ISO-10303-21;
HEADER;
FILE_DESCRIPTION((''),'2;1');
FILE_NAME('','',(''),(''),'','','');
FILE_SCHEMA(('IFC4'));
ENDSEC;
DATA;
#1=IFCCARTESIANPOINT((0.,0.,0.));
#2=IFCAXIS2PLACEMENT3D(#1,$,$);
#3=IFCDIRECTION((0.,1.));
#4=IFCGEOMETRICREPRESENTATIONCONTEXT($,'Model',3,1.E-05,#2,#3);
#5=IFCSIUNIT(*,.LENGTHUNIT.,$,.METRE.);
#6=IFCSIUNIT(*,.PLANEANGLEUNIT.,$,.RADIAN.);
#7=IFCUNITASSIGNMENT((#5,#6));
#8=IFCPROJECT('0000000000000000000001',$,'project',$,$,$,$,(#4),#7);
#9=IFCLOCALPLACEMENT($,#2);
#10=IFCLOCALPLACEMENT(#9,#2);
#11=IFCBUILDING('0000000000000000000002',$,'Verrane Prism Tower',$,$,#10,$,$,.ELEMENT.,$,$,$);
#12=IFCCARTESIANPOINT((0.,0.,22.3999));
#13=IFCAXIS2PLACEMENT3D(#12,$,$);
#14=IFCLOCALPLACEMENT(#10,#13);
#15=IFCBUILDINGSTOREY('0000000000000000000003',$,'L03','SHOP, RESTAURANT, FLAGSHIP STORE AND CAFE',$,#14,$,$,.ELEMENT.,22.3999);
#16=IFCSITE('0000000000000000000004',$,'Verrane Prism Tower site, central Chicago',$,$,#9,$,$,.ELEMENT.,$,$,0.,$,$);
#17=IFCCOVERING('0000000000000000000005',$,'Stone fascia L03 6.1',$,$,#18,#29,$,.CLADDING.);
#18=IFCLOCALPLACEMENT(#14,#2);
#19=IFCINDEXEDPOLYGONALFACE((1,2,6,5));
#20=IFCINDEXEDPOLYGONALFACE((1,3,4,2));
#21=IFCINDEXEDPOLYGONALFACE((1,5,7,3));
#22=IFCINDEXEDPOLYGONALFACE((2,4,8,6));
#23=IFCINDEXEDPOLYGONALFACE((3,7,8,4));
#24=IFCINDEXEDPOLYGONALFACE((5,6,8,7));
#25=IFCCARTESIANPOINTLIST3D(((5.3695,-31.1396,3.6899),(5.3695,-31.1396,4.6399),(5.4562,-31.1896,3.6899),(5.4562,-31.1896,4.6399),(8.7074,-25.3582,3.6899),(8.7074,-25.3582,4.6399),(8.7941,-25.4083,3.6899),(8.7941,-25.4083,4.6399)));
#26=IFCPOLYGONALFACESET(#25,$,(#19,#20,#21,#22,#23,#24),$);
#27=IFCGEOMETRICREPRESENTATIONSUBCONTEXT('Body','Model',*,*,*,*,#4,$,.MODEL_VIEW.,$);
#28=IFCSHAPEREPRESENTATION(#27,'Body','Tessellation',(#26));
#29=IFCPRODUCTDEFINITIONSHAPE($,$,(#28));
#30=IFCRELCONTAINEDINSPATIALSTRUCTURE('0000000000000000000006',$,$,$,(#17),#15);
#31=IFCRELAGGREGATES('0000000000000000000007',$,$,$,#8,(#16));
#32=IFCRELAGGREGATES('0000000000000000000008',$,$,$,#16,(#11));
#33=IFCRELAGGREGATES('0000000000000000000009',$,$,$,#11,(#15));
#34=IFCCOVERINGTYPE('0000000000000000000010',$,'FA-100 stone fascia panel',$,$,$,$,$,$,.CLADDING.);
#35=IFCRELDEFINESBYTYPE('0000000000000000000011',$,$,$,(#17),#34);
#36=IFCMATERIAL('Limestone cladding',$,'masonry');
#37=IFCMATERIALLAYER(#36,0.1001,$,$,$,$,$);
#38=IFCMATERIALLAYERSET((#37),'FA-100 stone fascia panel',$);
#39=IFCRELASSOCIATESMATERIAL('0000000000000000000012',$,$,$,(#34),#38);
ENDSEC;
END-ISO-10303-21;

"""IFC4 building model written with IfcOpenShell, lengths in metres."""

from ifc_helpers import new_model, si_unit, direction, frame, origin, origin_2d, place, context, subcontext, project, spatial, rectangle, extrude, material, layer, layer_set, type_object, element, save


model = new_model("IFC4")

# Units and contexts
model_context = context("Model", 3, precision=1e-05, world=origin(), true_north=direction((0.0, 1.0)))
body_context = subcontext(model_context, "Body", "Model", "MODEL_VIEW")
ifc_project = project(units=[si_unit("LENGTHUNIT", "METRE"), si_unit("PLANEANGLEUNIT", "RADIAN")], contexts=[model_context])

# Site, building, storey
site_placement = place(None, origin())
site = spatial("IfcSite", under=ifc_project, at=site_placement, Name="Verrane Prism Tower site, central Chicago", CompositionType="ELEMENT", RefElevation=0.0)
building_placement = place(site_placement, origin())
building = spatial("IfcBuilding", under=site, at=building_placement, Name="Verrane Prism Tower", CompositionType="ELEMENT")
storey_placement = place(building_placement, frame((0.0, 0.0, 22.3999)))
storey = spatial("IfcBuildingStorey", under=building, at=storey_placement, Name="L03", Description="SHOP, RESTAURANT, FLAGSHIP STORE AND CAFE", CompositionType="ELEMENT", Elevation=22.3999)

# Covering
ifc_material_1 = material(Name="Limestone cladding", Category="masonry")
ifc_layer_1 = layer(ifc_material_1, 0.1001)
ifc_layer_set_1 = layer_set([ifc_layer_1], Name="FA-100 stone fascia panel")
covering_type = type_object("IfcCoveringType", Name="FA-100 stone fascia panel", PredefinedType="CLADDING", material=ifc_layer_set_1)
covering_1_placement = place(storey_placement, frame((7.0818, -28.2739, 3.6899), z_axis=(0.0, 0.0, 1.0), x_axis=(0.5, 0.866025, 0.0)))
element("IfcCovering", 1, at=covering_1_placement, inside=storey, type_object=covering_type, Name="Stone fascia L03 6.1", PredefinedType="CLADDING", context=body_context, shape_type="SweptSolid", body=[
    extrude(rectangle(XDim=6.6758, YDim=0.1001, at=origin_2d()), origin(), (0.0, 0.0, 1.0), 0.95),
])

save(model, "model.ifc")
